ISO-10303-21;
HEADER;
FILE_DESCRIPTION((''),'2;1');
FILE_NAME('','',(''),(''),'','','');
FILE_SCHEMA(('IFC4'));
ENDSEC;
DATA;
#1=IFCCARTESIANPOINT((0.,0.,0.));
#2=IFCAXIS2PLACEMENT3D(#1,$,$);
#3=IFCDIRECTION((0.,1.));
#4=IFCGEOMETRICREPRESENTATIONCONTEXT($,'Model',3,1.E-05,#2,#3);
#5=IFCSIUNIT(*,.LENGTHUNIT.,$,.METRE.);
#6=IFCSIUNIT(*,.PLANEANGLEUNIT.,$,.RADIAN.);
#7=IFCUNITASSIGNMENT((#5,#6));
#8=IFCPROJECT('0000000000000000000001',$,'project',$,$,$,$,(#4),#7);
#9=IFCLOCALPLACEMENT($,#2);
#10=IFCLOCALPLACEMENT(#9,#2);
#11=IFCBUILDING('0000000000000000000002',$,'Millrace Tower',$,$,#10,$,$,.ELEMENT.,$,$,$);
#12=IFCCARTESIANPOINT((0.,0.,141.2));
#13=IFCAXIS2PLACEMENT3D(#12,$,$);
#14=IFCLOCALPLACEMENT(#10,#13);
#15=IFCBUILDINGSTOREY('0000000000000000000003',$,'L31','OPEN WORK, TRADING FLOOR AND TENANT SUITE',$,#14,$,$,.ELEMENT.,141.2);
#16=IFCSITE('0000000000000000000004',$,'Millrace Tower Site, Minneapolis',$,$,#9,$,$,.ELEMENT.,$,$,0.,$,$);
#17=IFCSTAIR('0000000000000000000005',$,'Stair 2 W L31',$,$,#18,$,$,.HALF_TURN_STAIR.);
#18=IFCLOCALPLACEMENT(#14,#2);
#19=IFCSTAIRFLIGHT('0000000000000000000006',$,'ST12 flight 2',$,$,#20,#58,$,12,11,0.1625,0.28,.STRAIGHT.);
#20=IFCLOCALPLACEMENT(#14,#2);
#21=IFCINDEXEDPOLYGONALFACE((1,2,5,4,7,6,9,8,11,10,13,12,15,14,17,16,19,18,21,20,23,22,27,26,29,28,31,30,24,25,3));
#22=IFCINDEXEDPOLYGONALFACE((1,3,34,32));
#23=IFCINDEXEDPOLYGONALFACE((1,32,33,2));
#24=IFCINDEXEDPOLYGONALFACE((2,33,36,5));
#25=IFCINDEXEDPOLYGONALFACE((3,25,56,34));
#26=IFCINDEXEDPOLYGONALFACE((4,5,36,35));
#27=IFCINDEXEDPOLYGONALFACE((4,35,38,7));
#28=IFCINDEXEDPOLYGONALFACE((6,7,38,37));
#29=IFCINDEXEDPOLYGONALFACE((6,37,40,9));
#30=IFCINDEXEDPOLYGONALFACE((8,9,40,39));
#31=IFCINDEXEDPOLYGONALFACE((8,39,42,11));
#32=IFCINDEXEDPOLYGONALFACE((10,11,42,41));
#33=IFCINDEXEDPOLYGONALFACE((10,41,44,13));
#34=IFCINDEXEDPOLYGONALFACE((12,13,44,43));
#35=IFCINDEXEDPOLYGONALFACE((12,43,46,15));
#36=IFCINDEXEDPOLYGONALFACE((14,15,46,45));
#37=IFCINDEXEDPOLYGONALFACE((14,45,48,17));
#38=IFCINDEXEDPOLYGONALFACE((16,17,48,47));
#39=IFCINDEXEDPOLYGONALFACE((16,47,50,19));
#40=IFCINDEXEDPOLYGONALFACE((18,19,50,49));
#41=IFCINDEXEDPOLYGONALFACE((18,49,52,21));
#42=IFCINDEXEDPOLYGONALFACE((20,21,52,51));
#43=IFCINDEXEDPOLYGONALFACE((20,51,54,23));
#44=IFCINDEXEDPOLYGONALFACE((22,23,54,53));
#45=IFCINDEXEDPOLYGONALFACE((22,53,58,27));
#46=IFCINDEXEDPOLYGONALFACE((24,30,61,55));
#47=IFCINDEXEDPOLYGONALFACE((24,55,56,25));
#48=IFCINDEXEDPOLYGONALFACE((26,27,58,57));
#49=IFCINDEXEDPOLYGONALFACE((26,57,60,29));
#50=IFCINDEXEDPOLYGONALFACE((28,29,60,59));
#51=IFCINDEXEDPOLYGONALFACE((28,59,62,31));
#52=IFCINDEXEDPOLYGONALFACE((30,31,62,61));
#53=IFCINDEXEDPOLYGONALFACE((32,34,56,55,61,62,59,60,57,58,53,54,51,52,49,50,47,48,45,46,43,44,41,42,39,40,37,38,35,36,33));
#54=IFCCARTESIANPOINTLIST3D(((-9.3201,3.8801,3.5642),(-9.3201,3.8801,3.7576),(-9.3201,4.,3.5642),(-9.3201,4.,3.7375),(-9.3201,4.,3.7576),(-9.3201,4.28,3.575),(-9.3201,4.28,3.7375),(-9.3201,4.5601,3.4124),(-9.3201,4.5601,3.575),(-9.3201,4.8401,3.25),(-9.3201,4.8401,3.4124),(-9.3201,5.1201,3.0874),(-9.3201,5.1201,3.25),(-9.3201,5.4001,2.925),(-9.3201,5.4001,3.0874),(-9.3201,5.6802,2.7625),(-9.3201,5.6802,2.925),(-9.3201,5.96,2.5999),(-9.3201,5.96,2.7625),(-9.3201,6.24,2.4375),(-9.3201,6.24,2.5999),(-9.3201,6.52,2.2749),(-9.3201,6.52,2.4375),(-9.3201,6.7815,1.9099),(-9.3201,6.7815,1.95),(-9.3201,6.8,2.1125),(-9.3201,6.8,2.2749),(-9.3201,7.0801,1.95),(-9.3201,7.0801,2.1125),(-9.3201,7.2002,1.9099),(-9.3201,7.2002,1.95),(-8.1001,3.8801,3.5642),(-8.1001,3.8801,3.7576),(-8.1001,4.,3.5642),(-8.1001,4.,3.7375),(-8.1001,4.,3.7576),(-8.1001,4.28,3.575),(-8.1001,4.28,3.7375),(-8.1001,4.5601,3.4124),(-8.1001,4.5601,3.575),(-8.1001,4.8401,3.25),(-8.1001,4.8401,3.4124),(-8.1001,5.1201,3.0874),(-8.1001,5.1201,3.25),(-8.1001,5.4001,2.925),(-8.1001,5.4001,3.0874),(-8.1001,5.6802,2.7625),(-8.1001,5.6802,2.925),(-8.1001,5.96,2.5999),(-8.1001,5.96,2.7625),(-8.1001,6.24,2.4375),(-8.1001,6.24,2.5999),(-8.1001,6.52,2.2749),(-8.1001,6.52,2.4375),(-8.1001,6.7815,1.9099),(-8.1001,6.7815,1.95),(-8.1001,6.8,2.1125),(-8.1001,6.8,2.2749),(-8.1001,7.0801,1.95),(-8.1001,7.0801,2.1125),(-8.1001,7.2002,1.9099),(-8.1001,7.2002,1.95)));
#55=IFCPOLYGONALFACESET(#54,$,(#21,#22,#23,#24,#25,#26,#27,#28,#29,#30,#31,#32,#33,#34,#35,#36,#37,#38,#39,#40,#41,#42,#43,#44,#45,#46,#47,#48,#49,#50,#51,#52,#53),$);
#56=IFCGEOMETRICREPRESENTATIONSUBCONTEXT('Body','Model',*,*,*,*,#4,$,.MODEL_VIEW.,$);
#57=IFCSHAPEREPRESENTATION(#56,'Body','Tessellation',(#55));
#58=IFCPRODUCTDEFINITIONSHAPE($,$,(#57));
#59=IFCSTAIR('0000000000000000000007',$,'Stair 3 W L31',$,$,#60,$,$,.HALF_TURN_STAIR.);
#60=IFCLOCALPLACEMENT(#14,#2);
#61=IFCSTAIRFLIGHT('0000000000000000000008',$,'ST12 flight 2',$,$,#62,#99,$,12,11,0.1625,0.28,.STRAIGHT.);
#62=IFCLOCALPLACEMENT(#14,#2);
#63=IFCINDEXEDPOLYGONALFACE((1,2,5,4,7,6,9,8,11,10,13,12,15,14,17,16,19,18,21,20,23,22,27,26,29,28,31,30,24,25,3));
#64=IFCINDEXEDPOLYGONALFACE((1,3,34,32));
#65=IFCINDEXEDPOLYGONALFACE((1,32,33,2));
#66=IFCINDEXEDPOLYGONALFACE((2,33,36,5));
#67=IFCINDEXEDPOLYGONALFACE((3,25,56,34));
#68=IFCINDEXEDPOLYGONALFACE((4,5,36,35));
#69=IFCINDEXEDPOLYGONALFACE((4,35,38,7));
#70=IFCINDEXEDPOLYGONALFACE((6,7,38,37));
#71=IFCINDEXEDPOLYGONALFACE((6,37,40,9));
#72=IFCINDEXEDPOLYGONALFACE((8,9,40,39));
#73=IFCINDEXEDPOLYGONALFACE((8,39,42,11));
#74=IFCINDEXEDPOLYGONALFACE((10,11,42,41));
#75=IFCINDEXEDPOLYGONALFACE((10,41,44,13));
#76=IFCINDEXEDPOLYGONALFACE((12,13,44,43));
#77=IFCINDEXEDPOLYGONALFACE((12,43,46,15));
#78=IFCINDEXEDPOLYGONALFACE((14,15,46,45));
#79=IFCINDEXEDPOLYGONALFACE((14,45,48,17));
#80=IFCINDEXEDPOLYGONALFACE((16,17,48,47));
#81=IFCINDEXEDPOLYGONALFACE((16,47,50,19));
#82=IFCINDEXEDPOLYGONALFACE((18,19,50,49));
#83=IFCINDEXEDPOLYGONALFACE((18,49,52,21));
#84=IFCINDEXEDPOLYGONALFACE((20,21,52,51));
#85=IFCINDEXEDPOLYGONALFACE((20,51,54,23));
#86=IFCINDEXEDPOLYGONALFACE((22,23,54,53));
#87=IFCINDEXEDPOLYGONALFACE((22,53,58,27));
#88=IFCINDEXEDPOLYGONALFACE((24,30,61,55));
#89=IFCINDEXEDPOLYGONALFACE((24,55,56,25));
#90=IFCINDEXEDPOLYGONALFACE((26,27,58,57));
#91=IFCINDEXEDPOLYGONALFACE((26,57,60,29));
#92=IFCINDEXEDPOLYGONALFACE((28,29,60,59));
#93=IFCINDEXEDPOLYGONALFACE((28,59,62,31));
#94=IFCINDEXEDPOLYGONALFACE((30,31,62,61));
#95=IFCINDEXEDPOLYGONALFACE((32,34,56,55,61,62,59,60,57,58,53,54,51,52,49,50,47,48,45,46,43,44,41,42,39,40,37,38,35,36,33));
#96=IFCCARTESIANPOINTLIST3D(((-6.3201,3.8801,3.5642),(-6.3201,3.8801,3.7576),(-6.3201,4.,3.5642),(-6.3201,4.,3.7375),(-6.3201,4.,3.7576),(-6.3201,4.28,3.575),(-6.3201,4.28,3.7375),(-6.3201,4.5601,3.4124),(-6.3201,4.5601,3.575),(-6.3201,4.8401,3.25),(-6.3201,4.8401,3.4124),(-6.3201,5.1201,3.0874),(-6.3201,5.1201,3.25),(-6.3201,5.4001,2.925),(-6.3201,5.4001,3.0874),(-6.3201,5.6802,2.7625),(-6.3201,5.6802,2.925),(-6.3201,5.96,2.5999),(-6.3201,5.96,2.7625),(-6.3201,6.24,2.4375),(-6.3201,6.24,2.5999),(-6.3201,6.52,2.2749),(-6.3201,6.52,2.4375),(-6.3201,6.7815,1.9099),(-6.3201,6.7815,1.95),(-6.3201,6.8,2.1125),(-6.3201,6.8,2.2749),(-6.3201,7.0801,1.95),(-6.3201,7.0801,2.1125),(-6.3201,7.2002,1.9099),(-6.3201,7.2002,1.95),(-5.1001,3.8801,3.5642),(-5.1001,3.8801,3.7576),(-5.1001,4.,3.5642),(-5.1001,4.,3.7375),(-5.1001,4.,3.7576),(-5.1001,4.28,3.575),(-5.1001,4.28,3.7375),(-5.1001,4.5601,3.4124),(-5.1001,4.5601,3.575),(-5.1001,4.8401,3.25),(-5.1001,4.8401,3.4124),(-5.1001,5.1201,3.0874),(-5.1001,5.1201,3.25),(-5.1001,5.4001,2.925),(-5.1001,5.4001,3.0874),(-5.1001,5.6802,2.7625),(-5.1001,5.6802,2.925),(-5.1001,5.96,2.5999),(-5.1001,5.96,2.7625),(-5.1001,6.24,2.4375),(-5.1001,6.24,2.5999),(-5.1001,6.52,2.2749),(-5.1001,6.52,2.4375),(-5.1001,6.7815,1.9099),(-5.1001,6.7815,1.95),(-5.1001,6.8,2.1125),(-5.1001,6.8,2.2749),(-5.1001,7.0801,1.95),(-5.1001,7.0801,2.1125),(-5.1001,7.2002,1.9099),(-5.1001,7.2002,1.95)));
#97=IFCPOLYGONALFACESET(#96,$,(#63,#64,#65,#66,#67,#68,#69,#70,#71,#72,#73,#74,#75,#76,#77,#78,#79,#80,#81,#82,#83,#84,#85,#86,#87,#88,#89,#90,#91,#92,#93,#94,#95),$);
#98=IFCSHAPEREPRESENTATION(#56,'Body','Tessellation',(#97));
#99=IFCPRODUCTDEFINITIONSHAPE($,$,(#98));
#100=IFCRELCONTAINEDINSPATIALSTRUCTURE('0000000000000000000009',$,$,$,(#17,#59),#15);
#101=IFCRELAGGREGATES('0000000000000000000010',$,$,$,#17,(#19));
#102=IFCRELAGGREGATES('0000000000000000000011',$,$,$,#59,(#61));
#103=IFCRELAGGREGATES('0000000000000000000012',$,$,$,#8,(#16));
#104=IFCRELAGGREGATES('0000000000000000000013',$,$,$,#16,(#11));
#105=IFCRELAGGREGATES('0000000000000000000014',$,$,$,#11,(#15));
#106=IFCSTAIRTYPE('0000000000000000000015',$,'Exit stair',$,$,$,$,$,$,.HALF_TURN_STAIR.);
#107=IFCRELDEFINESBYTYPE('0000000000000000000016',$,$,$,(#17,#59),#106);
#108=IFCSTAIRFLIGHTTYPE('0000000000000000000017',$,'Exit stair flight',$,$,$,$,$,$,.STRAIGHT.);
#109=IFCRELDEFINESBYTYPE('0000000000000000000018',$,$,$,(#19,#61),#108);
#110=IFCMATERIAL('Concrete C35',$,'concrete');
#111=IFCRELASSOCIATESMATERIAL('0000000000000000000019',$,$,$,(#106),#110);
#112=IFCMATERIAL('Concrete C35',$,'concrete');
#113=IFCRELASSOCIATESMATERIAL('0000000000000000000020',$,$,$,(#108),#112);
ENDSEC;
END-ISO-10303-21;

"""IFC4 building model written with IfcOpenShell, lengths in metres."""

from ifc_helpers import new_model, si_unit, direction, frame, origin, place, context, subcontext, project, spatial, polyline, outline, extrude, material, type_object, element, aggregate, save


model = new_model("IFC4")

# Units and contexts
model_context = context("Model", 3, precision=1e-05, world=origin(), true_north=direction((0.0, 1.0)))
body_context = subcontext(model_context, "Body", "Model", "MODEL_VIEW")
ifc_project = project(units=[si_unit("LENGTHUNIT", "METRE"), si_unit("PLANEANGLEUNIT", "RADIAN")], contexts=[model_context])

# Site, building, storey
site_placement = place(None, origin())
site = spatial("IfcSite", under=ifc_project, at=site_placement, Name="Millrace Tower Site, Minneapolis", CompositionType="ELEMENT", RefElevation=0.0)
building_placement = place(site_placement, origin())
building = spatial("IfcBuilding", under=site, at=building_placement, Name="Millrace Tower", CompositionType="ELEMENT")
storey_placement = place(building_placement, frame((0.0, 0.0, 141.2)))
storey = spatial("IfcBuildingStorey", under=building, at=storey_placement, Name="L31", Description="OPEN WORK, TRADING FLOOR AND TENANT SUITE", CompositionType="ELEMENT", Elevation=141.2)

# Shared definitions
placement = place(storey_placement, origin())

# Stairs, stair flights
ifc_material_1 = material(Name="Concrete C35", Category="concrete")
stair_type = type_object("IfcStairType", Name="Exit stair", PredefinedType="HALF_TURN_STAIR", material=ifc_material_1)
ifc_material_2 = material(Name="Concrete C35", Category="concrete")
stair_flight_type = type_object("IfcStairFlightType", Name="Exit stair flight", PredefinedType="STRAIGHT", material=ifc_material_2)
stair_1 = element("IfcStair", 1, at=placement, inside=storey, type_object=stair_type, Name="Stair 2 W L31", PredefinedType="HALF_TURN_STAIR")
stair_flight_1_placement = place(storey_placement, frame((-8.71, 7.0801, 1.95), z_axis=(0.0, 0.0, 1.0), x_axis=(0.0, -1.0, 0.0)))
stair_flight_1 = element("IfcStairFlight", 2, at=stair_flight_1_placement, type_object=stair_flight_type, Name="ST12 flight 2", NumberOfRisers=12, NumberOfTreads=11, PredefinedType="STRAIGHT", RiserHeight=0.1625, TreadLength=0.28, context=body_context, shape_type="SweptSolid", body=[
    extrude(outline(polyline([(-0.1201, -0.04), (-0.1201, 0.0), (0.0, 0.0), (0.0, 0.1626), (0.28, 0.1626), (0.28, 0.325), (0.5601, 0.325), (0.5601, 0.4875), (0.8401, 0.4875), (0.8401, 0.6499), (1.1201, 0.6499), (1.1201, 0.8125), (1.3999, 0.8125), (1.3999, 0.9751), (1.6799, 0.9751), (1.6799, 1.1375), (1.96, 1.1375), (1.96, 1.3), (2.24, 1.3), (2.24, 1.4624), (2.52, 1.4624), (2.52, 1.625), (2.8, 1.625), (2.8, 1.7876), (3.0801, 1.7876), (3.0801, 1.8076), (3.2, 1.8076), (3.2, 1.6143), (3.0801, 1.6143), (0.2986, 0.0), (0.2986, -0.04), (-0.1201, -0.04)])), frame((0.0, 0.6099, 0.0), z_axis=(0.0, -1.0, 0.0), x_axis=(1.0, 0.0, 0.0)), (0.0, 0.0, 1.0), 1.22),
])
aggregate(stair_1, [stair_flight_1])
stair_2 = element("IfcStair", 3, at=placement, inside=storey, type_object=stair_type, Name="Stair 3 W L31", PredefinedType="HALF_TURN_STAIR")
stair_flight_2_placement = place(storey_placement, frame((-5.71, 7.0801, 1.95), z_axis=(0.0, 0.0, 1.0), x_axis=(0.0, -1.0, 0.0)))
stair_flight_2 = element("IfcStairFlight", 4, at=stair_flight_2_placement, type_object=stair_flight_type, Name="ST12 flight 2", NumberOfRisers=12, NumberOfTreads=11, PredefinedType="STRAIGHT", RiserHeight=0.1625, TreadLength=0.28, context=body_context, shape_type="SweptSolid", body=[
    extrude(outline(polyline([(-0.1201, -0.04), (-0.1201, 0.0), (0.0, 0.0), (0.0, 0.1626), (0.28, 0.1626), (0.28, 0.325), (0.5601, 0.325), (0.5601, 0.4875), (0.8401, 0.4875), (0.8401, 0.6499), (1.1201, 0.6499), (1.1201, 0.8125), (1.3999, 0.8125), (1.3999, 0.9751), (1.6799, 0.9751), (1.6799, 1.1375), (1.96, 1.1375), (1.96, 1.3), (2.24, 1.3), (2.24, 1.4624), (2.52, 1.4624), (2.52, 1.625), (2.8, 1.625), (2.8, 1.7876), (3.0801, 1.7876), (3.0801, 1.8076), (3.2, 1.8076), (3.2, 1.6143), (3.0801, 1.6143), (0.2986, 0.0), (0.2986, -0.04), (-0.1201, -0.04)])), frame((0.0, 0.6099, 0.0), z_axis=(0.0, -1.0, 0.0), x_axis=(1.0, 0.0, 0.0)), (0.0, 0.0, 1.0), 1.22),
])
aggregate(stair_2, [stair_flight_2])

save(model, "model.ifc")
